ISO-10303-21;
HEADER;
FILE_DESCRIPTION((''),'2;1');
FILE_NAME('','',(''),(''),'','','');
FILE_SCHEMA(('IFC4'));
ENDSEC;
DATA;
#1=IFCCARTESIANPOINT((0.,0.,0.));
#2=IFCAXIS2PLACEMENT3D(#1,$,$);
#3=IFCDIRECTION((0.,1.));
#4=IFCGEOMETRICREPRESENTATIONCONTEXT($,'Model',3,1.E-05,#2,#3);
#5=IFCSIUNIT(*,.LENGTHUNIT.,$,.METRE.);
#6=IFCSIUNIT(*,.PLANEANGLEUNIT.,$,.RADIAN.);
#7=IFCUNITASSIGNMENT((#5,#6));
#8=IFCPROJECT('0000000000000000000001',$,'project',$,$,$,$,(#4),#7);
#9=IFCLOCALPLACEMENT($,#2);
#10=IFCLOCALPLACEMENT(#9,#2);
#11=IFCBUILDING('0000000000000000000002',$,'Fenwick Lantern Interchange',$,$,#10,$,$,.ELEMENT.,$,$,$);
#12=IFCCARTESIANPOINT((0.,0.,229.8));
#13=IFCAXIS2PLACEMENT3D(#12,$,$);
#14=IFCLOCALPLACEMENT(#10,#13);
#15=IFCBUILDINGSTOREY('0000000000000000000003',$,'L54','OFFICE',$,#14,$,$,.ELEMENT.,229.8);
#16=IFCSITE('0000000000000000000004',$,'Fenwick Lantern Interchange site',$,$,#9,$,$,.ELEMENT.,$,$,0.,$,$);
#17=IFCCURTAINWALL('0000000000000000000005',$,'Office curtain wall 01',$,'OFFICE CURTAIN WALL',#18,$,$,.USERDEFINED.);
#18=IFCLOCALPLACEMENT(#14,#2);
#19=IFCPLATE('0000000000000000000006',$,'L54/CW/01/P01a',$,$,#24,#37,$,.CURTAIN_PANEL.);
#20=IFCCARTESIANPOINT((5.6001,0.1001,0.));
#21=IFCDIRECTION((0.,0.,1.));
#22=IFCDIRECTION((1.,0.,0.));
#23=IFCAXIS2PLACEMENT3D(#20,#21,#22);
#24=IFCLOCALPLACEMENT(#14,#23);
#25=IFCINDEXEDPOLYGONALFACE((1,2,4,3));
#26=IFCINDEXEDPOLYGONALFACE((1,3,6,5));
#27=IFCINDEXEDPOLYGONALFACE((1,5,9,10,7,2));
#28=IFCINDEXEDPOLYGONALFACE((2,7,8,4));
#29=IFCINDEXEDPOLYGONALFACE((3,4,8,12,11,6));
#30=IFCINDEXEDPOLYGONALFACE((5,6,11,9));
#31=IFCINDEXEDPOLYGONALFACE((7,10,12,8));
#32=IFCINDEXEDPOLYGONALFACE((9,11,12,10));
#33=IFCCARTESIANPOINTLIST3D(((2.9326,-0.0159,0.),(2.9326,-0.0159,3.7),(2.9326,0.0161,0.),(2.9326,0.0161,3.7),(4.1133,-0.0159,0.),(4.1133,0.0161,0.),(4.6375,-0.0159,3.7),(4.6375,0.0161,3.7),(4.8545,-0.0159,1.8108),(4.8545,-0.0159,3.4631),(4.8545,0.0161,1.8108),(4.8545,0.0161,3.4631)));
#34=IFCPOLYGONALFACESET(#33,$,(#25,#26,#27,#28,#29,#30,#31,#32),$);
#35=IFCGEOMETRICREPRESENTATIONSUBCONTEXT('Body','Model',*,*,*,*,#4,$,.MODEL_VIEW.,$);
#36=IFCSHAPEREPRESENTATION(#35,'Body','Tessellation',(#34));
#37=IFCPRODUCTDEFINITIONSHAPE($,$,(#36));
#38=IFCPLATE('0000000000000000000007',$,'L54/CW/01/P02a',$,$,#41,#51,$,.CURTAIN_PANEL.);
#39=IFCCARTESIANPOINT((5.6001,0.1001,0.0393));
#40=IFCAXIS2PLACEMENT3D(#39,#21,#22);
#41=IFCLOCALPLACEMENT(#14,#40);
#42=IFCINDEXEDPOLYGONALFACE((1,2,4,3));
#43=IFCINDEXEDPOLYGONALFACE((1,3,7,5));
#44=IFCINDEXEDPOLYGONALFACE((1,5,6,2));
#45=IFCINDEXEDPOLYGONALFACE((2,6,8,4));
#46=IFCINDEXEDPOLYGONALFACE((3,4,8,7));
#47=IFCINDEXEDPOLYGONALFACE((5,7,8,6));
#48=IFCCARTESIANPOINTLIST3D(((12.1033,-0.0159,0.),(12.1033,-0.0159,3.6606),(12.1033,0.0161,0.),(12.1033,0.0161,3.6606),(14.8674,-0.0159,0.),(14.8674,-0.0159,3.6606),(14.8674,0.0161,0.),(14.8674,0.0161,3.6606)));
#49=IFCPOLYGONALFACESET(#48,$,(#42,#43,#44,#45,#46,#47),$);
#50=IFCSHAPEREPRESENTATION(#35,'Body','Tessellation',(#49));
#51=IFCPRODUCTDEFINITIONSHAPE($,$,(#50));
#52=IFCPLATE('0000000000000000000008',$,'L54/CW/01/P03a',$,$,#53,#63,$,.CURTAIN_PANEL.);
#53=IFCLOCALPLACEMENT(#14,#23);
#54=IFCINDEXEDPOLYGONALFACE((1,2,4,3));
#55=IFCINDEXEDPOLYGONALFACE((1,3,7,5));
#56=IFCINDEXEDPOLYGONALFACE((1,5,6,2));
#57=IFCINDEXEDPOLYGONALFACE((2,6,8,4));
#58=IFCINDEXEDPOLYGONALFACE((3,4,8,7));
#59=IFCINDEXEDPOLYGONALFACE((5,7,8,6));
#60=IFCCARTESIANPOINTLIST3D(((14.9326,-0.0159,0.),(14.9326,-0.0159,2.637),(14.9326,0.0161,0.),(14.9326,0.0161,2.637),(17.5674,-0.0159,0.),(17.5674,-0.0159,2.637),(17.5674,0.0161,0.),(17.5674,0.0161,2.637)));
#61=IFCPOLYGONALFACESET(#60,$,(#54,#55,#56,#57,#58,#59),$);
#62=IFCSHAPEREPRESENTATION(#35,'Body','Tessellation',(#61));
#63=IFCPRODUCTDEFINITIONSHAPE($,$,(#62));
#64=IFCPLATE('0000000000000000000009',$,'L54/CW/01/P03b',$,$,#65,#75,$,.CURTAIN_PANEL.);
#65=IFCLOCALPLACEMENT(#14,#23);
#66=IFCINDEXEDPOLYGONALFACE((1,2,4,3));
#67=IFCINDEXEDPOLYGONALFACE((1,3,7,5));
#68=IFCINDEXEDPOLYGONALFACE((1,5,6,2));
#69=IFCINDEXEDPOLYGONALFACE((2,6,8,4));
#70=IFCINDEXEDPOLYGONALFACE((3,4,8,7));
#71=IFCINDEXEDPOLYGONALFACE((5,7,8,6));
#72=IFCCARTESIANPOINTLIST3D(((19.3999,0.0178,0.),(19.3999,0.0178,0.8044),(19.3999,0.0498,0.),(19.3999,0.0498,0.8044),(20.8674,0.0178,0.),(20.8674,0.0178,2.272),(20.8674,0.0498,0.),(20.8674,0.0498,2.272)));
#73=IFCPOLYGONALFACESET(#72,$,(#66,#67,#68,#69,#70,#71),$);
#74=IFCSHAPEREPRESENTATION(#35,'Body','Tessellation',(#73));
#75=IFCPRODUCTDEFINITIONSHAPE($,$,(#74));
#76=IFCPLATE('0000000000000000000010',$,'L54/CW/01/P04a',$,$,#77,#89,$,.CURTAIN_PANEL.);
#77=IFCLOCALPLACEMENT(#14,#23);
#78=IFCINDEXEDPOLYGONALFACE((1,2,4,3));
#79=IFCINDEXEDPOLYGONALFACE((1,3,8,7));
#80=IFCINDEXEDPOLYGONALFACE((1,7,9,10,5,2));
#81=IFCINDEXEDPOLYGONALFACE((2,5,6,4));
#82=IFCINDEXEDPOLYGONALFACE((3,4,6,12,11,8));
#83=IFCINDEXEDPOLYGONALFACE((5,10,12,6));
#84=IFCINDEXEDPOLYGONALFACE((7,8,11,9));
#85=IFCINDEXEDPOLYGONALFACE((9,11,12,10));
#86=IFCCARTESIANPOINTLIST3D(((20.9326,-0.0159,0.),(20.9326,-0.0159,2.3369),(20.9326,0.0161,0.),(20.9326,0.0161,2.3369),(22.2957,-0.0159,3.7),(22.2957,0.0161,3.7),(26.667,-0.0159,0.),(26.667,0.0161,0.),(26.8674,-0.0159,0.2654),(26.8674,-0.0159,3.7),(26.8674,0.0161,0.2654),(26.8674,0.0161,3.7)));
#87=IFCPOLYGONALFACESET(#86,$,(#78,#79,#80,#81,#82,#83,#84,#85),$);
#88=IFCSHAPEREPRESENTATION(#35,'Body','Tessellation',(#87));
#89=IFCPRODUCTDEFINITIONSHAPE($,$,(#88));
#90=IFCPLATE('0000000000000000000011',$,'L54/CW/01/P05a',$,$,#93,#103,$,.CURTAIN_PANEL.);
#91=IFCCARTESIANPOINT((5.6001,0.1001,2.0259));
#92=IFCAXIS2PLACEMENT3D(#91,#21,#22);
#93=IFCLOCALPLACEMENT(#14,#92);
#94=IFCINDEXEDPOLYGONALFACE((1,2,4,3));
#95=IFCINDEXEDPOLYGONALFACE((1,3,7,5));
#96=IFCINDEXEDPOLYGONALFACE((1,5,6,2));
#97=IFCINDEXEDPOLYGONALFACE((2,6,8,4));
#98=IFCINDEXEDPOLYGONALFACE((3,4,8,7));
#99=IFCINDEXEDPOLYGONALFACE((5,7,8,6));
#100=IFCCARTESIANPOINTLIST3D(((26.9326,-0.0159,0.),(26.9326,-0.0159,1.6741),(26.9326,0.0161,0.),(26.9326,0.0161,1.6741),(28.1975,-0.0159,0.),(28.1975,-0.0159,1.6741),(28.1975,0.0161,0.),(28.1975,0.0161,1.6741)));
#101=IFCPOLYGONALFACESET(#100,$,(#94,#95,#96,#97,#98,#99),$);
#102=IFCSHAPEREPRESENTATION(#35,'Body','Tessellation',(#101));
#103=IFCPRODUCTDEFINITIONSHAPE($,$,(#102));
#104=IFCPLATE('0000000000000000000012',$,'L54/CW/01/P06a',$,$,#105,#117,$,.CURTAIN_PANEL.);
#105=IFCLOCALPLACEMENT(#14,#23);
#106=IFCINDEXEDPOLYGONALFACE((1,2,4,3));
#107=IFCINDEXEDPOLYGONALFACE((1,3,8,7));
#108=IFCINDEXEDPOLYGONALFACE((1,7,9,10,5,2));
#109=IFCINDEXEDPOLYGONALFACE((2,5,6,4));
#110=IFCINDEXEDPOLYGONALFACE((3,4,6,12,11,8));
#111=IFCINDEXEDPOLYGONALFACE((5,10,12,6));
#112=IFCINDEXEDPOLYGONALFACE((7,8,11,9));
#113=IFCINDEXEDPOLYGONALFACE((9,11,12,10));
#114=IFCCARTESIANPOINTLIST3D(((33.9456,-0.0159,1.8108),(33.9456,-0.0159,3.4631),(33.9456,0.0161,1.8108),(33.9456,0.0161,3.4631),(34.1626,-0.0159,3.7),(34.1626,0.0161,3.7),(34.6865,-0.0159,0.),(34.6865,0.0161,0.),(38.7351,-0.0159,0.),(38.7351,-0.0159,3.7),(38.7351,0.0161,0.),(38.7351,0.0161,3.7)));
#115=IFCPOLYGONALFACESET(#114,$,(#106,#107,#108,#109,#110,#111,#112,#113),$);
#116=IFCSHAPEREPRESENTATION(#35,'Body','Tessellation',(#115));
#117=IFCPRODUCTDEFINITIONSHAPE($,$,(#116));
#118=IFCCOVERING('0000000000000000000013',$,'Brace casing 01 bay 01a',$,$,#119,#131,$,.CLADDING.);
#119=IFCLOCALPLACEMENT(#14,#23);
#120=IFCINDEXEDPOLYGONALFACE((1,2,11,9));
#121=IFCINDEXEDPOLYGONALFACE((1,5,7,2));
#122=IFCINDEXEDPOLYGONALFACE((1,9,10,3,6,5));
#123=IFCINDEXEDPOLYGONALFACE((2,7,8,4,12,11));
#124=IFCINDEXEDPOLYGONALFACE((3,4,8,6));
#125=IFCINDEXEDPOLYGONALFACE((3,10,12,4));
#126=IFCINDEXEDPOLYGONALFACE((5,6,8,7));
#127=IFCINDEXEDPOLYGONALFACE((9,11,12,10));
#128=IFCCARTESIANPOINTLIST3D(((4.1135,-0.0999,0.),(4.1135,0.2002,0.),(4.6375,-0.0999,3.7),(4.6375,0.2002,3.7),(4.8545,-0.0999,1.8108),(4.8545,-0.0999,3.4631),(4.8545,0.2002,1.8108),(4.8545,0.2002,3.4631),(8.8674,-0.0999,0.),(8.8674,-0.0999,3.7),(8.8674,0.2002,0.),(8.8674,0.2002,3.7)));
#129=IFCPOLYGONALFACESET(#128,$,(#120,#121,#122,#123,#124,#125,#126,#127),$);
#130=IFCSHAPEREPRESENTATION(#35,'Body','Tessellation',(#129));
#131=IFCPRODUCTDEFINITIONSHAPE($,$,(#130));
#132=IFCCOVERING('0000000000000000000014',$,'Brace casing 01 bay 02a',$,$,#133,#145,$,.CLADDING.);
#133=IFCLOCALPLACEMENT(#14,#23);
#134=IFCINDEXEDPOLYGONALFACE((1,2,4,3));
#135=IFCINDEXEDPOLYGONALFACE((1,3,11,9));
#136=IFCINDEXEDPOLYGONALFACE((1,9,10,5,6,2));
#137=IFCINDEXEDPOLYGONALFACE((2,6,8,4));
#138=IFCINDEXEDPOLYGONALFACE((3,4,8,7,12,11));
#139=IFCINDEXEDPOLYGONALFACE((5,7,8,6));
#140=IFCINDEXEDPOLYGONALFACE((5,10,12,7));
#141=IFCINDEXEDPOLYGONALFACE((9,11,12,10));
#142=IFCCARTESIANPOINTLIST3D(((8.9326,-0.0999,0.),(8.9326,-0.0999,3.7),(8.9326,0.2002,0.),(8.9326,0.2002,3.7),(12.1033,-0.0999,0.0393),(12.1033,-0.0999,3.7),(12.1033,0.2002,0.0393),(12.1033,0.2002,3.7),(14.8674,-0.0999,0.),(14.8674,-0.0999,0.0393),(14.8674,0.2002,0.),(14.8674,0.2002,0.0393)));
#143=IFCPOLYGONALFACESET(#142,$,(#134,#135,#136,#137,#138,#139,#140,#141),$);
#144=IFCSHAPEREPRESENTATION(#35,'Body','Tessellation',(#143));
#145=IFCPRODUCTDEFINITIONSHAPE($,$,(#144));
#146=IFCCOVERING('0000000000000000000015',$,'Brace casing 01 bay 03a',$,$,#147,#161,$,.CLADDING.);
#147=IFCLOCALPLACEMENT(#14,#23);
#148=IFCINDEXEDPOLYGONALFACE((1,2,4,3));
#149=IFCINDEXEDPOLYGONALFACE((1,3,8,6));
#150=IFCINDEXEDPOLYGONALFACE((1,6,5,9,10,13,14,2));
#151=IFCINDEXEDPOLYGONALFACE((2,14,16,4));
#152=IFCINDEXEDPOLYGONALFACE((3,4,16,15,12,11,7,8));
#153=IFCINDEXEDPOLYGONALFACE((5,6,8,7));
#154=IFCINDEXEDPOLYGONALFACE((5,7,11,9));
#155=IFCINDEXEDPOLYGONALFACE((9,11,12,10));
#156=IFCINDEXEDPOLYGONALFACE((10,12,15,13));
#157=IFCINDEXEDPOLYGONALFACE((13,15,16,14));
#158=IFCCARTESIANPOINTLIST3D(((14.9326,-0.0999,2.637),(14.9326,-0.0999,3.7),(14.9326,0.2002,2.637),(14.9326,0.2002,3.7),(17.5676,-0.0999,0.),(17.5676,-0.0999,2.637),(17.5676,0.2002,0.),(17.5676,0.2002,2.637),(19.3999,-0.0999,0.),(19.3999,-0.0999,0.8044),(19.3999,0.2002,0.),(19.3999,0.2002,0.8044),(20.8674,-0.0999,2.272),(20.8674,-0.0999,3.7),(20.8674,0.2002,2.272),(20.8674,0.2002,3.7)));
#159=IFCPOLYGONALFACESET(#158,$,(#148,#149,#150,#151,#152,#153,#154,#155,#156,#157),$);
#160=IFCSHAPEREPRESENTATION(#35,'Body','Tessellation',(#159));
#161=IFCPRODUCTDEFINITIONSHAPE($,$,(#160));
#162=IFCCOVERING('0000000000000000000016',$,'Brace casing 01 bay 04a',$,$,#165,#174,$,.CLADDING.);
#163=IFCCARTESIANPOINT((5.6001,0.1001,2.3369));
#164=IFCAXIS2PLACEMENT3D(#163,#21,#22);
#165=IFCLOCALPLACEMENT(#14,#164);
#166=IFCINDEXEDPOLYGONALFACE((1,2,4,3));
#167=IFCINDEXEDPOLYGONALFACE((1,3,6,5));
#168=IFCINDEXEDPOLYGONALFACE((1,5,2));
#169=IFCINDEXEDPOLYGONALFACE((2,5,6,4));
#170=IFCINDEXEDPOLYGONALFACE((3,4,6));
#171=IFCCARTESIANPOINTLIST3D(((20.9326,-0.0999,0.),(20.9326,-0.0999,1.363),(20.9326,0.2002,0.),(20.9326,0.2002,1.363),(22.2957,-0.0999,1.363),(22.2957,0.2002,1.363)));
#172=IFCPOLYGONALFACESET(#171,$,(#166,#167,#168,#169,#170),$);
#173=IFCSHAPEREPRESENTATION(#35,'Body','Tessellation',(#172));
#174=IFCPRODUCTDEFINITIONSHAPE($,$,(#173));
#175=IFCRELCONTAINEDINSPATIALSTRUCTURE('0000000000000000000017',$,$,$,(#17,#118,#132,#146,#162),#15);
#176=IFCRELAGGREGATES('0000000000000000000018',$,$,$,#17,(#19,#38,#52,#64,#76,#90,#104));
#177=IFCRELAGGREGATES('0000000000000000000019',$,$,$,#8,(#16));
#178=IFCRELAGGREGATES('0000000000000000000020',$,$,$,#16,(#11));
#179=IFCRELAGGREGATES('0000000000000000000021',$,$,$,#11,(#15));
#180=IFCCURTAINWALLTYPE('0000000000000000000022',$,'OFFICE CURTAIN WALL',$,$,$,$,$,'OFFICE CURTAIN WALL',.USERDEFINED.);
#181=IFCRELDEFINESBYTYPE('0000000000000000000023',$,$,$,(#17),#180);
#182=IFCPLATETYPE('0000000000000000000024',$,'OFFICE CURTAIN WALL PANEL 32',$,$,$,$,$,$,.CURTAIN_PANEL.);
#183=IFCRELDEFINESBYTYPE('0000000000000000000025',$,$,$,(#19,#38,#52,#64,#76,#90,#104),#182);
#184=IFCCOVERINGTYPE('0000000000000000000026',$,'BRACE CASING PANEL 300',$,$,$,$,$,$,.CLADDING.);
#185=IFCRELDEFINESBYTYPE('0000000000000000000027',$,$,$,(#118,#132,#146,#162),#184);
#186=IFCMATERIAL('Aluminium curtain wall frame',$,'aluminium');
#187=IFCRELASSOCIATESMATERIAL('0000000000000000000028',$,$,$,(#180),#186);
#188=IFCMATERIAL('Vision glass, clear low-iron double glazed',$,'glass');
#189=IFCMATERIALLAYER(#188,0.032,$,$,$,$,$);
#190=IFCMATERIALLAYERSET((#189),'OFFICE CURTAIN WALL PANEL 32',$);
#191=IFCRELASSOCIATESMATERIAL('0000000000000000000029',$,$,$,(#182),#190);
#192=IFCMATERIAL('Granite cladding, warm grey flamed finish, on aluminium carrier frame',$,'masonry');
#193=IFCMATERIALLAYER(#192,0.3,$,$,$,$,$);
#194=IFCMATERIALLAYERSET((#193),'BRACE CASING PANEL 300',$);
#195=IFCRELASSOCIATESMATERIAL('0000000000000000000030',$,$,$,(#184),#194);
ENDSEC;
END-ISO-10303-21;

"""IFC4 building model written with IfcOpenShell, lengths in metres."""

from ifc_helpers import new_model, si_unit, direction, frame, origin, place, context, subcontext, project, spatial, polyline, outline, extrude, material, layer, layer_set, type_object, element, aggregate, save


model = new_model("IFC4")

# Units and contexts
model_context = context("Model", 3, precision=1e-05, world=origin(), true_north=direction((0.0, 1.0)))
body_context = subcontext(model_context, "Body", "Model", "MODEL_VIEW")
ifc_project = project(units=[si_unit("LENGTHUNIT", "METRE"), si_unit("PLANEANGLEUNIT", "RADIAN")], contexts=[model_context])

# Site, building, storey
site_placement = place(None, origin())
site = spatial("IfcSite", under=ifc_project, at=site_placement, Name="Fenwick Lantern Interchange site", CompositionType="ELEMENT", RefElevation=0.0)
building_placement = place(site_placement, origin())
building = spatial("IfcBuilding", under=site, at=building_placement, Name="Fenwick Lantern Interchange", CompositionType="ELEMENT")
storey_placement = place(building_placement, frame((0.0, 0.0, 229.8)))
storey = spatial("IfcBuildingStorey", under=building, at=storey_placement, Name="L54", Description="OFFICE", CompositionType="ELEMENT", Elevation=229.8)

# Curtain wall, plates
ifc_material_1 = material(Name="Aluminium curtain wall frame", Category="aluminium")
curtain_wall_type = type_object("IfcCurtainWallType", Name="OFFICE CURTAIN WALL", ElementType="OFFICE CURTAIN WALL", PredefinedType="USERDEFINED", material=ifc_material_1)
curtain_wall_placement = place(storey_placement, origin())
curtain_wall = element("IfcCurtainWall", 1, at=curtain_wall_placement, inside=storey, type_object=curtain_wall_type, Name="Office curtain wall 01", ObjectType="OFFICE CURTAIN WALL", PredefinedType="USERDEFINED")
ifc_material_2 = material(Name="Vision glass, clear low-iron double glazed", Category="glass")
ifc_layer_1 = layer(ifc_material_2, 0.032)
ifc_layer_set_1 = layer_set([ifc_layer_1], Name="OFFICE CURTAIN WALL PANEL 32")
plate_type = type_object("IfcPlateType", Name="OFFICE CURTAIN WALL PANEL 32", PredefinedType="CURTAIN_PANEL", material=ifc_layer_set_1)
plate_1_placement = place(storey_placement, frame((5.6001, 0.1001, 0.0), z_axis=(0.0, 0.0, 1.0), x_axis=(1.0, 0.0, 0.0)))
plate_1 = element("IfcPlate", 2, at=plate_1_placement, type_object=plate_type, Name="L54/CW/01/P01a", PredefinedType="CURTAIN_PANEL", context=body_context, shape_type="SweptSolid", body=[
    extrude(outline(polyline([(2.9326, 0.0), (4.1133, 0.0), (4.8545, 1.8108), (4.8545, 3.4631), (4.6375, 3.7), (2.9326, 3.7), (2.9326, 0.0)])), frame((0.0, 0.0161, 0.0), z_axis=(0.0, -1.0, 0.0), x_axis=(1.0, 0.0, 0.0)), (0.0, 0.0, 1.0), 0.032),
])
plate_2_placement = place(storey_placement, frame((5.6001, 0.1001, 0.0393), z_axis=(0.0, 0.0, 1.0), x_axis=(1.0, 0.0, 0.0)))
plate_2 = element("IfcPlate", 3, at=plate_2_placement, type_object=plate_type, Name="L54/CW/01/P02a", PredefinedType="CURTAIN_PANEL", context=body_context, shape_type="SweptSolid", body=[
    extrude(outline(polyline([(12.1033, 0.0), (14.8674, 0.0), (14.8674, 3.6606), (12.1033, 3.6606), (12.1033, 0.0)])), frame((0.0, 0.0161, 0.0), z_axis=(0.0, -1.0, 0.0), x_axis=(1.0, 0.0, 0.0)), (0.0, 0.0, 1.0), 0.032),
])
plate_3_placement = place(storey_placement, frame((5.6001, 0.1001, 0.0), z_axis=(0.0, 0.0, 1.0), x_axis=(1.0, 0.0, 0.0)))
plate_3 = element("IfcPlate", 4, at=plate_3_placement, type_object=plate_type, Name="L54/CW/01/P03a", PredefinedType="CURTAIN_PANEL", context=body_context, shape_type="SweptSolid", body=[
    extrude(outline(polyline([(14.9326, 0.0), (17.5674, 0.0), (17.5674, 2.637), (14.9326, 2.637), (14.9326, 0.0)])), frame((0.0, 0.0161, 0.0), z_axis=(0.0, -1.0, 0.0), x_axis=(1.0, 0.0, 0.0)), (0.0, 0.0, 1.0), 0.032),
])
plate_4_placement = place(storey_placement, frame((5.6001, 0.1001, 0.0), z_axis=(0.0, 0.0, 1.0), x_axis=(1.0, 0.0, 0.0)))
plate_4 = element("IfcPlate", 5, at=plate_4_placement, type_object=plate_type, Name="L54/CW/01/P03b", PredefinedType="CURTAIN_PANEL", context=body_context, shape_type="SweptSolid", body=[
    extrude(outline(polyline([(19.3999, 0.0), (20.8674, 0.0), (20.8674, 2.272), (19.3999, 0.8044), (19.3999, 0.0)])), frame((0.0, 0.0498, 0.0), z_axis=(0.0, -1.0, 0.0), x_axis=(1.0, 0.0, 0.0)), (0.0, 0.0, 1.0), 0.032),
])
plate_5_placement = place(storey_placement, frame((5.6001, 0.1001, 0.0), z_axis=(0.0, 0.0, 1.0), x_axis=(1.0, 0.0, 0.0)))
plate_5 = element("IfcPlate", 6, at=plate_5_placement, type_object=plate_type, Name="L54/CW/01/P04a", PredefinedType="CURTAIN_PANEL", context=body_context, shape_type="SweptSolid", body=[
    extrude(outline(polyline([(20.9326, 0.0), (26.667, 0.0), (26.8674, 0.2654), (26.8674, 3.7), (22.2957, 3.7), (20.9326, 2.3369), (20.9326, 0.0)])), frame((0.0, 0.0161, 0.0), z_axis=(0.0, -1.0, 0.0), x_axis=(1.0, 0.0, 0.0)), (0.0, 0.0, 1.0), 0.032),
])
plate_6_placement = place(storey_placement, frame((5.6001, 0.1001, 2.0259), z_axis=(0.0, 0.0, 1.0), x_axis=(1.0, 0.0, 0.0)))
plate_6 = element("IfcPlate", 7, at=plate_6_placement, type_object=plate_type, Name="L54/CW/01/P05a", PredefinedType="CURTAIN_PANEL", context=body_context, shape_type="SweptSolid", body=[
    extrude(outline(polyline([(26.9326, 0.0), (28.1975, 0.0), (28.1975, 1.6741), (26.9326, 1.6741), (26.9326, 0.0)])), frame((0.0, 0.0161, 0.0), z_axis=(0.0, -1.0, 0.0), x_axis=(1.0, 0.0, 0.0)), (0.0, 0.0, 1.0), 0.032),
])
plate_7_placement = place(storey_placement, frame((5.6001, 0.1001, 0.0), z_axis=(0.0, 0.0, 1.0), x_axis=(1.0, 0.0, 0.0)))
plate_7 = element("IfcPlate", 8, at=plate_7_placement, type_object=plate_type, Name="L54/CW/01/P06a", PredefinedType="CURTAIN_PANEL", context=body_context, shape_type="SweptSolid", body=[
    extrude(outline(polyline([(34.6865, 0.0), (38.7351, 0.0), (38.7351, 3.7), (34.1626, 3.7), (33.9456, 3.4631), (33.9456, 1.8108), (34.6865, 0.0)])), frame((0.0, 0.0161, 0.0), z_axis=(0.0, -1.0, 0.0), x_axis=(1.0, 0.0, 0.0)), (0.0, 0.0, 1.0), 0.032),
])
aggregate(curtain_wall, [plate_1, plate_2, plate_3, plate_4, plate_5, plate_6, plate_7])

# Coverings
ifc_material_3 = material(Name="Granite cladding, warm grey flamed finish, on aluminium carrier frame", Category="masonry")
ifc_layer_2 = layer(ifc_material_3, 0.3)
ifc_layer_set_2 = layer_set([ifc_layer_2], Name="BRACE CASING PANEL 300")
covering_type_1 = type_object("IfcCoveringType", Name="BRACE CASING PANEL 300", PredefinedType="CLADDING", material=ifc_layer_set_2)
covering_1_placement = place(storey_placement, frame((5.6001, 0.1001, 0.0), z_axis=(0.0, 0.0, 1.0), x_axis=(1.0, 0.0, 0.0)))
element("IfcCovering", 9, at=covering_1_placement, inside=storey, type_object=covering_type_1, Name="Brace casing 01 bay 01a", PredefinedType="CLADDING", context=body_context, shape_type="SweptSolid", body=[
    extrude(outline(polyline([(4.1135, 0.0), (8.8674, 0.0), (8.8674, 3.7), (4.6375, 3.7), (4.8545, 3.4631), (4.8545, 1.8108), (4.1135, 0.0)])), frame((0.0, 0.2002, 0.0), z_axis=(0.0, -1.0, 0.0), x_axis=(1.0, 0.0, 0.0)), (0.0, 0.0, 1.0), 0.3),
])
covering_2_placement = place(storey_placement, frame((5.6001, 0.1001, 0.0), z_axis=(0.0, 0.0, 1.0), x_axis=(1.0, 0.0, 0.0)))
element("IfcCovering", 10, at=covering_2_placement, inside=storey, type_object=covering_type_1, Name="Brace casing 01 bay 02a", PredefinedType="CLADDING", context=body_context, shape_type="SweptSolid", body=[
    extrude(outline(polyline([(8.9326, 0.0), (14.8674, 0.0), (14.8674, 0.0393), (12.1033, 0.0393), (12.1033, 3.7), (8.9326, 3.7), (8.9326, 0.0)])), frame((0.0, 0.2002, 0.0), z_axis=(0.0, -1.0, 0.0), x_axis=(1.0, 0.0, 0.0)), (0.0, 0.0, 1.0), 0.3),
])
covering_3_placement = place(storey_placement, frame((5.6001, 0.1001, 0.0), z_axis=(0.0, 0.0, 1.0), x_axis=(1.0, 0.0, 0.0)))
element("IfcCovering", 11, at=covering_3_placement, inside=storey, type_object=covering_type_1, Name="Brace casing 01 bay 03a", PredefinedType="CLADDING", context=body_context, shape_type="SweptSolid", body=[
    extrude(outline(polyline([(17.5676, 0.0), (19.3999, 0.0), (19.3999, 0.8044), (20.8674, 2.272), (20.8674, 3.7), (14.9326, 3.7), (14.9326, 2.637), (17.5676, 2.637), (17.5676, 0.0)])), frame((0.0, 0.2002, 0.0), z_axis=(0.0, -1.0, 0.0), x_axis=(1.0, 0.0, 0.0)), (0.0, 0.0, 1.0), 0.3),
])
covering_4_placement = place(storey_placement, frame((5.6001, 0.1001, 2.3369), z_axis=(0.0, 0.0, 1.0), x_axis=(1.0, 0.0, 0.0)))
element("IfcCovering", 12, at=covering_4_placement, inside=storey, type_object=covering_type_1, Name="Brace casing 01 bay 04a", PredefinedType="CLADDING", context=body_context, shape_type="SweptSolid", body=[
    extrude(outline(polyline([(20.9326, 0.0), (22.2957, 1.363), (20.9326, 1.363), (20.9326, 0.0)])), frame((0.0, 0.2002, 0.0), z_axis=(0.0, -1.0, 0.0), x_axis=(1.0, 0.0, 0.0)), (0.0, 0.0, 1.0), 0.3),
])

save(model, "model.ifc")
